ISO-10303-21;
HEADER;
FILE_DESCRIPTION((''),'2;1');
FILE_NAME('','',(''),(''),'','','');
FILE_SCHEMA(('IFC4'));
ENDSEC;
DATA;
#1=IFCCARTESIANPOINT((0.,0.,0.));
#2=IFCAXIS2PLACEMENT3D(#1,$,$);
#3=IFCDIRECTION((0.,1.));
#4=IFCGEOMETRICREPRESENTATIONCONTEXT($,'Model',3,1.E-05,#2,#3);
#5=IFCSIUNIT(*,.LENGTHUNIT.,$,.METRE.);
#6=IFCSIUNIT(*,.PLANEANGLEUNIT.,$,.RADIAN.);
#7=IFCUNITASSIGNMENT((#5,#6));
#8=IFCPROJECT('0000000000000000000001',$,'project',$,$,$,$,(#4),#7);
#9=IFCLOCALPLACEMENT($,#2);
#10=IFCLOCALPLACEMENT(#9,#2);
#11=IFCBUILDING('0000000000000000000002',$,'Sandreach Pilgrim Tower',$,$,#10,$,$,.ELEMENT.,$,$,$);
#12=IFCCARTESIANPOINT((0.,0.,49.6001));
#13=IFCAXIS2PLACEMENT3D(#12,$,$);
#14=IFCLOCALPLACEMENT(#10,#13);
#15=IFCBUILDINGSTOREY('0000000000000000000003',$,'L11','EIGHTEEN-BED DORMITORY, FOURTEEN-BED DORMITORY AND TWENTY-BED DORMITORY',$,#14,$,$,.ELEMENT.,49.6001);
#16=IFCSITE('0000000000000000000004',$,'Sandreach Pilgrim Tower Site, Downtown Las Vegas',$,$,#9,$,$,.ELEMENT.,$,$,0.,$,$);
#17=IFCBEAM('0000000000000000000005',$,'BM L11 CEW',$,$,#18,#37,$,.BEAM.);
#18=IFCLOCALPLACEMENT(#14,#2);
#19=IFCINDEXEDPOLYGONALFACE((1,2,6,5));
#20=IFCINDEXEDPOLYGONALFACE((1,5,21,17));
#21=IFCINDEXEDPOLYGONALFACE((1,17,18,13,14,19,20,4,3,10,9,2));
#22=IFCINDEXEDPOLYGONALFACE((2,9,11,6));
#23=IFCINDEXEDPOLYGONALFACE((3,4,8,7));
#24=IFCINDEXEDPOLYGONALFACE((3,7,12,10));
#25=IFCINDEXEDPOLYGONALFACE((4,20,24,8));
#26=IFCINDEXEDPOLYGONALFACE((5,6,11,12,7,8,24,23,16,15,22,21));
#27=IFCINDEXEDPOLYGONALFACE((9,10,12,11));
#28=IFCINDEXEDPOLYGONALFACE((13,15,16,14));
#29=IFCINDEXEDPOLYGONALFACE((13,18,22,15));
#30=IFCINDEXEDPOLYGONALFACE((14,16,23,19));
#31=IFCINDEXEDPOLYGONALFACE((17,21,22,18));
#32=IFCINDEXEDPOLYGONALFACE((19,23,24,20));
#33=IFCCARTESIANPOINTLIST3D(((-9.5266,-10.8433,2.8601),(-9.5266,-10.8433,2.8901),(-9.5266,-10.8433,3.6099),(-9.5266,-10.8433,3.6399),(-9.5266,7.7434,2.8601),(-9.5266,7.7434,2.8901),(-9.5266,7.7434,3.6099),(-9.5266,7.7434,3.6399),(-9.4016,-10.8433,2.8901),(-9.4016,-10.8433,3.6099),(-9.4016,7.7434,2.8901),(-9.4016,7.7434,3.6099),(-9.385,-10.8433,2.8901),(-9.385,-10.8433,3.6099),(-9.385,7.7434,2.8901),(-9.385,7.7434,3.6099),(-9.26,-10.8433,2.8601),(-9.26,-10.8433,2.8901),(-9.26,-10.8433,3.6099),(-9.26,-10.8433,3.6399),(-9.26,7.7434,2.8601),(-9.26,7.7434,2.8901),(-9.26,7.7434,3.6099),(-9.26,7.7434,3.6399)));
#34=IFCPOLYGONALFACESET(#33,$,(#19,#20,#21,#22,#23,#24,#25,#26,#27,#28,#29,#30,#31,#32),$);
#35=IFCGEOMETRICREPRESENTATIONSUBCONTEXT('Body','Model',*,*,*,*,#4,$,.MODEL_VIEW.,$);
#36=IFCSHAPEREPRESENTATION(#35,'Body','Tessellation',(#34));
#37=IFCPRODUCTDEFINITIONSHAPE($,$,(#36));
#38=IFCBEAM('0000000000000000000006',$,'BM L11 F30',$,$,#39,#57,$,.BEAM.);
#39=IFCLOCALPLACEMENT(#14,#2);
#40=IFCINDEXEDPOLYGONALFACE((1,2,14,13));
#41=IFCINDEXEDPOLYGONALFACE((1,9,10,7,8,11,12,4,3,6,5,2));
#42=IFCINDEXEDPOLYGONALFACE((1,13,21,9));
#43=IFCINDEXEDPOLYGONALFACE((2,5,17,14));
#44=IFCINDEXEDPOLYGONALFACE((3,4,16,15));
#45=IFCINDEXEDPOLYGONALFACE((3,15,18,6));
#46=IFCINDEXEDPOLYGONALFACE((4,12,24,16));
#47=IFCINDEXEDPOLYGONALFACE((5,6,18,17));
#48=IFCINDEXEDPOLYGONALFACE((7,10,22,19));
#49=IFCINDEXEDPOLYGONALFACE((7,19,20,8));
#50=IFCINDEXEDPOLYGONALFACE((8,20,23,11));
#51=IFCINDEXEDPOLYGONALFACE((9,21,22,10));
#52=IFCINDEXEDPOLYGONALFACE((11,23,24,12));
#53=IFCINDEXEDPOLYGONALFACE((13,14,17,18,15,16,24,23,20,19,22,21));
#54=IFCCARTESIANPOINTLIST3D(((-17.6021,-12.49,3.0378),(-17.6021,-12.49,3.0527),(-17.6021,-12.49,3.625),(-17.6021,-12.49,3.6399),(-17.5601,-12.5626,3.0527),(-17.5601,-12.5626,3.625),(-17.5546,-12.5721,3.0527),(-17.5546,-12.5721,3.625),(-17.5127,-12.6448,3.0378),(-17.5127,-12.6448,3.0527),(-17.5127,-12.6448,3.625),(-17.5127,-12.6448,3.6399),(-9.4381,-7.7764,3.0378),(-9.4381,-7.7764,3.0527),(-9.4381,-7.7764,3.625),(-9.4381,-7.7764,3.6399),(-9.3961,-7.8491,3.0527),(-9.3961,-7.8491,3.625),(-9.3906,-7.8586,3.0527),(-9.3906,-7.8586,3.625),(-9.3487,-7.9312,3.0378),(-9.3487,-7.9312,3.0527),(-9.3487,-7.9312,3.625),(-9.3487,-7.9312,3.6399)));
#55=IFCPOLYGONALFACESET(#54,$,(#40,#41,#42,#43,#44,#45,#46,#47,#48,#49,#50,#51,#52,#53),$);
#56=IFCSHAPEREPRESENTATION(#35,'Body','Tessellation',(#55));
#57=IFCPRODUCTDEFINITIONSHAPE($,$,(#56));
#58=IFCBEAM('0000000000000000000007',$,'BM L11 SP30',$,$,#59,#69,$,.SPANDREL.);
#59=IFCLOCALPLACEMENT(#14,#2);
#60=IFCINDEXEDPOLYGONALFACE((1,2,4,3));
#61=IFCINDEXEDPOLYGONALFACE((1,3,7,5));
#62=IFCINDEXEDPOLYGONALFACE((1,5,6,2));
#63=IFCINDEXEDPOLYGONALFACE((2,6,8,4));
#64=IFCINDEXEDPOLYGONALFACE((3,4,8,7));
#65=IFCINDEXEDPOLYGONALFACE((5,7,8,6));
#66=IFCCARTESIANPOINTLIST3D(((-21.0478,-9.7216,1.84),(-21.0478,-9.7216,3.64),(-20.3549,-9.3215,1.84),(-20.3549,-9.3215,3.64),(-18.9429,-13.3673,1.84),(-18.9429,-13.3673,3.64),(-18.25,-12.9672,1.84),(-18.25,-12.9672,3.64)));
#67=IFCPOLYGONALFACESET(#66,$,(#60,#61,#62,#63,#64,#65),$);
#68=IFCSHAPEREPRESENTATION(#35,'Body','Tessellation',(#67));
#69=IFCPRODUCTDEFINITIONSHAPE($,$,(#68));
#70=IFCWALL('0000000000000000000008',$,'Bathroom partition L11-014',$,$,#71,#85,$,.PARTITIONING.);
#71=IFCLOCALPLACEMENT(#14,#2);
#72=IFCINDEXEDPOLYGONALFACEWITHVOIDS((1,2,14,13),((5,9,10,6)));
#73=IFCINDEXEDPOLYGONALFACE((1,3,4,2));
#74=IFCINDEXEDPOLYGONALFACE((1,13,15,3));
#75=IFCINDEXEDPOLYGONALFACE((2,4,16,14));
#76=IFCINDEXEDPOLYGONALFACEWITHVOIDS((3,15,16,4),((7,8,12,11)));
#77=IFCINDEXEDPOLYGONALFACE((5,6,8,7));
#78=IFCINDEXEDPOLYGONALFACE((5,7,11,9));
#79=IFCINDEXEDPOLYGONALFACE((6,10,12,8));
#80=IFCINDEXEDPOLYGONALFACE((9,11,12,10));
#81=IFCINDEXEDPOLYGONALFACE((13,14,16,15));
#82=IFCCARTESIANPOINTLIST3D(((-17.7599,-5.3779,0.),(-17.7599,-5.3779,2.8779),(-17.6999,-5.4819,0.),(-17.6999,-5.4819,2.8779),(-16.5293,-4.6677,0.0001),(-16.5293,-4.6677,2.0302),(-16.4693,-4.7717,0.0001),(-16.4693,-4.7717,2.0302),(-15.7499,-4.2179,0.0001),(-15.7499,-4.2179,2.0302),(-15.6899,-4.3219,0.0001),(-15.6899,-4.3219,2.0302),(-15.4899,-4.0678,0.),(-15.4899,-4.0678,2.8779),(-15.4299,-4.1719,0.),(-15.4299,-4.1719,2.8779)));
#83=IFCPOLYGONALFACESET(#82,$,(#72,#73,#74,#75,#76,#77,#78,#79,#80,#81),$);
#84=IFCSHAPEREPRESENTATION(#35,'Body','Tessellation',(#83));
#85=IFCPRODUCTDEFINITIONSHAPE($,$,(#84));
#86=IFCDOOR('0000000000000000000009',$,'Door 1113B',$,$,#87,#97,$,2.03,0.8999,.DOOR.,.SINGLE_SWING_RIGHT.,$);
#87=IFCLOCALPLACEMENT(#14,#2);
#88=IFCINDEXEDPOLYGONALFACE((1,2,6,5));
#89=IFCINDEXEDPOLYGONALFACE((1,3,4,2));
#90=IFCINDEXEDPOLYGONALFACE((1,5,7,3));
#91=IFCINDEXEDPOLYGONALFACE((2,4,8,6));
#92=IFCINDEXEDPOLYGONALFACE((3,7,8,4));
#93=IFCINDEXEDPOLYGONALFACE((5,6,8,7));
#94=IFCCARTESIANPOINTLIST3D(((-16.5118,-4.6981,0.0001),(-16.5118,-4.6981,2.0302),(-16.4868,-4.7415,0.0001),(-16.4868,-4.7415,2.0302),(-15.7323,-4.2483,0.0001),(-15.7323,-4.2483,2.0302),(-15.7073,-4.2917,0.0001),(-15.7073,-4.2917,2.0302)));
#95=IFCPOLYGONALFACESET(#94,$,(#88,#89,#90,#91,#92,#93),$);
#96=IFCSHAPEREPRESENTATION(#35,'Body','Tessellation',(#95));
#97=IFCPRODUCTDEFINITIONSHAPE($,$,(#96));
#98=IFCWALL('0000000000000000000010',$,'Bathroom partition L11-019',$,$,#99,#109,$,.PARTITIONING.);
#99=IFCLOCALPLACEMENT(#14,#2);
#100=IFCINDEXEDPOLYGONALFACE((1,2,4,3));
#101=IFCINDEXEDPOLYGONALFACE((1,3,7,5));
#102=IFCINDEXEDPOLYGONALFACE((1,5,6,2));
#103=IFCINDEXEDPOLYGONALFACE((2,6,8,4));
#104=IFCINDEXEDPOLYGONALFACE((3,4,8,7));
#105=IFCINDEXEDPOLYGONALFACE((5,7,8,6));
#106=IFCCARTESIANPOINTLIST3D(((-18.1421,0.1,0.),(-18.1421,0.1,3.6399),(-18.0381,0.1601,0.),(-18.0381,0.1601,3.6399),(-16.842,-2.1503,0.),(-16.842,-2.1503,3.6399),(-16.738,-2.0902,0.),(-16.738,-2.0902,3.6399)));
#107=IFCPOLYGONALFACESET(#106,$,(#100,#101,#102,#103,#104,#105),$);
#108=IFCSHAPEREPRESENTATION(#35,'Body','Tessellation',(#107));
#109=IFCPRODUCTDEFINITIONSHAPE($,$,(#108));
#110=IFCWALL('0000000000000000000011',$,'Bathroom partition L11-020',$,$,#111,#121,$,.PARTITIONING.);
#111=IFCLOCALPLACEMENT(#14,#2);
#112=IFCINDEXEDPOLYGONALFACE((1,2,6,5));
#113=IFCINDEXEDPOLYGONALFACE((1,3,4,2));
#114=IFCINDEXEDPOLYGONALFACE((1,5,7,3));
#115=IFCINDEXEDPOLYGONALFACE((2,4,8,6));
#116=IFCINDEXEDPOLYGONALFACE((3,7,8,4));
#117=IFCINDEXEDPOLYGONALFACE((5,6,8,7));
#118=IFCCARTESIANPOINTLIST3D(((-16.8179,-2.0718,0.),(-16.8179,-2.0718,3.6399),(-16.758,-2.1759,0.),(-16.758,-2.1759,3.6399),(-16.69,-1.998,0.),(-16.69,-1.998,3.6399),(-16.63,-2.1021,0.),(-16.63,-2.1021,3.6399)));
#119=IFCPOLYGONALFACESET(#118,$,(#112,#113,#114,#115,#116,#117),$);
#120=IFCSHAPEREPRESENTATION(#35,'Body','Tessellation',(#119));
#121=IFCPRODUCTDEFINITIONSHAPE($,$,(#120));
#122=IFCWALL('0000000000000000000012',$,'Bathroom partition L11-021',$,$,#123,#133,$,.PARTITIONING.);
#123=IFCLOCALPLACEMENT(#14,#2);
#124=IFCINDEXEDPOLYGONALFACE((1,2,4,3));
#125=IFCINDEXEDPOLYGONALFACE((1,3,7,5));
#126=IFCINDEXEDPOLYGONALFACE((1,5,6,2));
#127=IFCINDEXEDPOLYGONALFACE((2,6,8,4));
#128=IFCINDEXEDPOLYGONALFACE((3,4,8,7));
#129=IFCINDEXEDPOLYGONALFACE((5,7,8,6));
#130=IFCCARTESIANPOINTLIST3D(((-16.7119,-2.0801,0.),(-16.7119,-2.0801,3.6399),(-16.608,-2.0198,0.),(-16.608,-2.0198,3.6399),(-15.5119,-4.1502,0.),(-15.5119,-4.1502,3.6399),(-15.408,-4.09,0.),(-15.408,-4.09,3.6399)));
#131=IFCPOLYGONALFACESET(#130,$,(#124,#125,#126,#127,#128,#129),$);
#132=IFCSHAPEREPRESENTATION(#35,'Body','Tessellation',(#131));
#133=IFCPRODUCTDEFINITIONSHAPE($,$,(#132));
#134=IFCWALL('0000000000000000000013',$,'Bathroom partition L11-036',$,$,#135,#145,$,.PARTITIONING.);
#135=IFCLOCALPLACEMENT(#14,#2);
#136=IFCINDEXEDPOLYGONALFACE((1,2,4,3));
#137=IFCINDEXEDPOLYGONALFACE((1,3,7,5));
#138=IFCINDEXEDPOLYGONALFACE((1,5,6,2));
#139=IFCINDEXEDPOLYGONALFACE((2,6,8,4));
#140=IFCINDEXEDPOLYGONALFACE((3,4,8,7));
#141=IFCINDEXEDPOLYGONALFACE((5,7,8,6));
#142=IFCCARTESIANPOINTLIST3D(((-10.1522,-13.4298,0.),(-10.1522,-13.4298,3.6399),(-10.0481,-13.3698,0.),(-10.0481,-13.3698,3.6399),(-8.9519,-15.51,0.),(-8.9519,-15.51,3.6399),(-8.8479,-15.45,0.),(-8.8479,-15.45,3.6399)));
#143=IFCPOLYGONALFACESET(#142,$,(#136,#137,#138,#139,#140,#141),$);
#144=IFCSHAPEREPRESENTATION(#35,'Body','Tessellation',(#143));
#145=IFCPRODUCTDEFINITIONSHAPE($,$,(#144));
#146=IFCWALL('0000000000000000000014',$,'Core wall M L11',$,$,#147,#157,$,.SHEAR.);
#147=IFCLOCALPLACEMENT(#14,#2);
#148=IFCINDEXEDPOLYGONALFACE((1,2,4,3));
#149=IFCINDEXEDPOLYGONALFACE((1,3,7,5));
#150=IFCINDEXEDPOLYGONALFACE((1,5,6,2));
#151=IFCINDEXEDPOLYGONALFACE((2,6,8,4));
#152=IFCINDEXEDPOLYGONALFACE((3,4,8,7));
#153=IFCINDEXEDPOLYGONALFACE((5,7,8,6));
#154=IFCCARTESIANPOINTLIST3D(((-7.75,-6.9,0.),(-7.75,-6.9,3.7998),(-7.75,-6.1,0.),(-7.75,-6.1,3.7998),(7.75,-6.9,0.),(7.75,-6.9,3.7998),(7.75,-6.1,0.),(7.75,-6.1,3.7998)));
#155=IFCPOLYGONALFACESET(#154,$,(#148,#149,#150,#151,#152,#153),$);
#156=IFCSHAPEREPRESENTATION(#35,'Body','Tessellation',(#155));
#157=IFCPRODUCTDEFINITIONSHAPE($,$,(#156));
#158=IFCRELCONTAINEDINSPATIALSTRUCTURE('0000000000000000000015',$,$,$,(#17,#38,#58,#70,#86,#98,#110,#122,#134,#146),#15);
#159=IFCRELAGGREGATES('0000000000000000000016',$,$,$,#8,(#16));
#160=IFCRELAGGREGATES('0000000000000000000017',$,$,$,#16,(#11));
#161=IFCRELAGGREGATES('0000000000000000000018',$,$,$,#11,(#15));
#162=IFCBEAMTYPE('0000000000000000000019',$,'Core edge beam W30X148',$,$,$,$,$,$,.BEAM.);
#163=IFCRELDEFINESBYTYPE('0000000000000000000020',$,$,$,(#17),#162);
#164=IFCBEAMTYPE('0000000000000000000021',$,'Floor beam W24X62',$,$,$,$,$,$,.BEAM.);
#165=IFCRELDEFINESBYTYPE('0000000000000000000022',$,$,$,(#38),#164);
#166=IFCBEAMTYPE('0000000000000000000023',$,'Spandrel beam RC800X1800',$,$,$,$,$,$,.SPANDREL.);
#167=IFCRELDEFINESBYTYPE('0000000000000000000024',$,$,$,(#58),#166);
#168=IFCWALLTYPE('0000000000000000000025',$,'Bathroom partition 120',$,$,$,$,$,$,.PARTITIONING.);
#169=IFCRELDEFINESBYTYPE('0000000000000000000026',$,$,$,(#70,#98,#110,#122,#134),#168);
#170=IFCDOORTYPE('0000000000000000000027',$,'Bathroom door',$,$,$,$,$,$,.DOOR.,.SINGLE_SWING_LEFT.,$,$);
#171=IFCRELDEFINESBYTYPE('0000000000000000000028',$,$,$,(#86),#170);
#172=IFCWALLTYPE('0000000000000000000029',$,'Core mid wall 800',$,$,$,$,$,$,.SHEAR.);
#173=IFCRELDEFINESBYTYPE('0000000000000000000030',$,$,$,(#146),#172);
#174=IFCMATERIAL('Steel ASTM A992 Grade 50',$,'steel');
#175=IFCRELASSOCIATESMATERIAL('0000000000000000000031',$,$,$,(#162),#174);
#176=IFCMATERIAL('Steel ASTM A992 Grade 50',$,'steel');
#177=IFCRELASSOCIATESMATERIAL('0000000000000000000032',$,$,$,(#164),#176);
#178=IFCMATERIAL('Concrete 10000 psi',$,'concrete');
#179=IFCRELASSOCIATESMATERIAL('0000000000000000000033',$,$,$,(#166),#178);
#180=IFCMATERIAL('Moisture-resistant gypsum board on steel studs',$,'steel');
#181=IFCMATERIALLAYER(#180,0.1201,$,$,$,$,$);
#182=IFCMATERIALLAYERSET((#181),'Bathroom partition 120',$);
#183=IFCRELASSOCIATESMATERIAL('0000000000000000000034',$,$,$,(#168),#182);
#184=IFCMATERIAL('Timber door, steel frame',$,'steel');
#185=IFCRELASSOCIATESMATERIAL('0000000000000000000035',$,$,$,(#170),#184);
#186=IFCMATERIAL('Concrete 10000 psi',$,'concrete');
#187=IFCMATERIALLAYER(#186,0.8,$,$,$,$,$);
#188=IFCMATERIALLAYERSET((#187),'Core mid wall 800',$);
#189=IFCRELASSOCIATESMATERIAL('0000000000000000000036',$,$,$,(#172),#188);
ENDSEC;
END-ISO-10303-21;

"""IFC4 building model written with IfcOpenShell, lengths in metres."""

from ifc_helpers import new_model, si_unit, direction, frame, frame_2d, origin, origin_2d, place, context, subcontext, project, spatial, rectangle, i_section, extrude, material, layer, layer_set, material_profile, profile_set, type_object, element, fill, save


model = new_model("IFC4")

# Units and contexts
model_context = context("Model", 3, precision=1e-05, world=origin(), true_north=direction((0.0, 1.0)))
body_context = subcontext(model_context, "Body", "Model", "MODEL_VIEW")
ifc_project = project(units=[si_unit("LENGTHUNIT", "METRE"), si_unit("PLANEANGLEUNIT", "RADIAN")], contexts=[model_context])

# Site, building, storey
site_placement = place(None, origin())
site = spatial("IfcSite", under=ifc_project, at=site_placement, Name="Sandreach Pilgrim Tower Site, Downtown Las Vegas", CompositionType="ELEMENT", RefElevation=0.0)
building_placement = place(site_placement, origin())
building = spatial("IfcBuilding", under=site, at=building_placement, Name="Sandreach Pilgrim Tower", CompositionType="ELEMENT")
storey_placement = place(building_placement, frame((0.0, 0.0, 49.6001)))
storey = spatial("IfcBuildingStorey", under=building, at=storey_placement, Name="L11", Description="EIGHTEEN-BED DORMITORY, FOURTEEN-BED DORMITORY AND TWENTY-BED DORMITORY", CompositionType="ELEMENT", Elevation=49.6001)

# Beams
ifc_material_1 = material(Name="Steel ASTM A992 Grade 50", Category="steel")
ifc_material_profile_1 = material_profile(ifc_material_1, i_section(OverallWidth=0.2666, OverallDepth=0.7798, WebThickness=0.0166, FlangeThickness=0.03, at=origin_2d()), Name="W30X148")
ifc_profile_set_1 = profile_set([ifc_material_profile_1], Name="Steel ASTM A992 Grade 50")
beam_type_1 = type_object("IfcBeamType", Name="Core edge beam W30X148", PredefinedType="BEAM", material=ifc_profile_set_1)
beam_1_placement = place(storey_placement, frame((-9.3933, -10.8433, 3.25), z_axis=(0.0, 1.0, 0.0), x_axis=(-1.0, 0.0, 0.0)))
element("IfcBeam", 1, at=beam_1_placement, inside=storey, type_object=beam_type_1, Name="BM L11 CEW", PredefinedType="BEAM", context=body_context, shape_type="SweptSolid", body=[
    extrude(i_section(OverallWidth=0.2666, OverallDepth=0.7798, WebThickness=0.0166, FlangeThickness=0.03, at=origin_2d()), origin(), (0.0, 0.0, 1.0), 18.5867),
])
ifc_material_2 = material(Name="Steel ASTM A992 Grade 50", Category="steel")
ifc_material_profile_2 = material_profile(ifc_material_2, i_section(OverallWidth=0.1787, OverallDepth=0.6021, WebThickness=0.011, FlangeThickness=0.0149, at=origin_2d()), Name="W24X62")
ifc_profile_set_2 = profile_set([ifc_material_profile_2], Name="Steel ASTM A992 Grade 50")
beam_type_2 = type_object("IfcBeamType", Name="Floor beam W24X62", PredefinedType="BEAM", material=ifc_profile_set_2)
beam_2_placement = place(storey_placement, frame((-17.5574, -12.5674, 3.3389), z_axis=(0.866021, 0.500008, 0.0), x_axis=(-0.500008, 0.866021, 0.0)))
element("IfcBeam", 2, at=beam_2_placement, inside=storey, type_object=beam_type_2, Name="BM L11 F30", PredefinedType="BEAM", context=body_context, shape_type="SweptSolid", body=[
    extrude(i_section(OverallWidth=0.1787, OverallDepth=0.6021, WebThickness=0.011, FlangeThickness=0.0149, at=origin_2d()), origin(), (0.0, 0.0, 1.0), 9.427),
])
ifc_material_3 = material(Name="Concrete 10000 psi", Category="concrete")
ifc_material_profile_3 = material_profile(ifc_material_3, rectangle(XDim=0.8, YDim=1.8, at=origin_2d()), Name="RC800X1800")
ifc_profile_set_3 = profile_set([ifc_material_profile_3], Name="Concrete 10000 psi")
beam_type_3 = type_object("IfcBeamType", Name="Spandrel beam RC800X1800", PredefinedType="SPANDREL", material=ifc_profile_set_3)
beam_3_placement = place(storey_placement, frame((-18.5964, -13.1672, 2.74), z_axis=(-0.500019, 0.866015, 0.0), x_axis=(-0.866015, -0.500019, 0.0)))
element("IfcBeam", 3, at=beam_3_placement, inside=storey, type_object=beam_type_3, Name="BM L11 SP30", PredefinedType="SPANDREL", context=body_context, shape_type="SweptSolid", body=[
    extrude(rectangle(XDim=0.8, YDim=1.8, at=origin_2d()), origin(), (0.0, 0.0, 1.0), 4.2097),
])

# Wall, opening, door
ifc_material_4 = material(Name="Moisture-resistant gypsum board on steel studs", Category="steel")
ifc_layer_1 = layer(ifc_material_4, 0.1201)
ifc_layer_set_1 = layer_set([ifc_layer_1], Name="Bathroom partition 120")
wall_type_1 = type_object("IfcWallType", Name="Bathroom partition 120", PredefinedType="PARTITIONING", material=ifc_layer_set_1)
wall_1_placement = place(storey_placement, frame((-17.73, -5.4299, 0.0), z_axis=(0.0, 0.0, 1.0), x_axis=(0.866114, 0.499846, 0.0)))
wall_1 = element("IfcWall", 4, at=wall_1_placement, inside=storey, type_object=wall_type_1, Name="Bathroom partition L11-014", PredefinedType="PARTITIONING", context=body_context, shape_type="SweptSolid", body=[
    extrude(rectangle(XDim=2.6208, YDim=0.1201, at=frame_2d((1.3105, 0.0))), origin(), (0.0, 0.0, 1.0), 2.8779),
])
opening_1_placement = place(wall_1_placement, frame((1.4209, 0.0, 0.0)))
opening_1 = element("IfcOpeningElement", 5, at=opening_1_placement, cuts=wall_1, PredefinedType="OPENING", context=body_context, shape_type="SweptSolid", body=[
    extrude(rectangle(XDim=0.8999, YDim=2.03, at=frame_2d((0.45, 1.0151))), frame((0.0, 0.0601, 0.0), z_axis=(0.0, -1.0, 0.0), x_axis=(1.0, 0.0, 0.0)), (0.0, 0.0, 1.0), 0.1201),
])
ifc_material_5 = material(Name="Timber door, steel frame", Category="steel")
door_type_1 = type_object("IfcDoorType", Name="Bathroom door", OperationType="SINGLE_SWING_LEFT", PredefinedType="DOOR", material=ifc_material_5)
door_1_placement = place(opening_1_placement, origin())
door_1 = element("IfcDoor", 6, at=door_1_placement, inside=storey, type_object=door_type_1, Name="Door 1113B", OperationType="SINGLE_SWING_RIGHT", OverallHeight=2.03, OverallWidth=0.8999, PredefinedType="DOOR", context=body_context, shape_type="SweptSolid", body=[
    extrude(rectangle(XDim=0.8999, YDim=2.03, at=frame_2d((0.45, 1.0151))), frame((0.0, 0.0249, 0.0), z_axis=(0.0, -1.0, 0.0), x_axis=(1.0, 0.0, 0.0)), (0.0, 0.0, 1.0), 0.05),
])
fill(opening_1, door_1)

# Walls
wall_2_placement = place(storey_placement, frame((-16.79, -2.1201, 0.0), z_axis=(0.0, 0.0, 1.0), x_axis=(-0.500251, 0.86588, 0.0)))
element("IfcWall", 7, at=wall_2_placement, inside=storey, type_object=wall_type_1, Name="Bathroom partition L11-019", PredefinedType="PARTITIONING", context=body_context, shape_type="SweptSolid", body=[
    extrude(rectangle(XDim=2.5989, YDim=0.1201, at=frame_2d((1.2993, 0.0))), origin(), (0.0, 0.0, 1.0), 3.6399),
])
wall_3_placement = place(storey_placement, frame((-16.7878, -2.1238, 0.0), z_axis=(0.0, 0.0, 1.0), x_axis=(0.866406, 0.499341, 0.0)))
element("IfcWall", 8, at=wall_3_placement, inside=storey, type_object=wall_type_1, Name="Bathroom partition L11-020", PredefinedType="PARTITIONING", context=body_context, shape_type="SweptSolid", body=[
    extrude(rectangle(XDim=0.1477, YDim=0.1201, at=frame_2d((0.0737, 0.0))), origin(), (0.0, 0.0, 1.0), 3.6399),
])
wall_4_placement = place(storey_placement, frame((-16.6599, -2.05, 0.0), z_axis=(0.0, 0.0, 1.0), x_axis=(0.501503, -0.865156, 0.0)))
element("IfcWall", 9, at=wall_4_placement, inside=storey, type_object=wall_type_1, Name="Bathroom partition L11-021", PredefinedType="PARTITIONING", context=body_context, shape_type="SweptSolid", body=[
    extrude(rectangle(XDim=2.3928, YDim=0.1201, at=frame_2d((1.1963, 0.0))), origin(), (0.0, 0.0, 1.0), 3.6399),
])
wall_5_placement = place(storey_placement, frame((-10.1001, -13.3999, 0.0), z_axis=(0.0, 0.0, 1.0), x_axis=(0.499769, -0.866159, 0.0)))
element("IfcWall", 10, at=wall_5_placement, inside=storey, type_object=wall_type_1, Name="Bathroom partition L11-036", PredefinedType="PARTITIONING", context=body_context, shape_type="SweptSolid", body=[
    extrude(rectangle(XDim=2.4016, YDim=0.1201, at=frame_2d((1.2007, 0.0))), origin(), (0.0, 0.0, 1.0), 3.6399),
])
ifc_material_6 = material(Name="Concrete 10000 psi", Category="concrete")
ifc_layer_2 = layer(ifc_material_6, 0.8)
ifc_layer_set_2 = layer_set([ifc_layer_2], Name="Core mid wall 800")
wall_type_2 = type_object("IfcWallType", Name="Core mid wall 800", PredefinedType="SHEAR", material=ifc_layer_set_2)
wall_6_placement = place(storey_placement, frame((-7.75, -6.5, 0.0), z_axis=(0.0, 0.0, 1.0), x_axis=(1.0, 0.0, 0.0)))
element("IfcWall", 11, at=wall_6_placement, inside=storey, type_object=wall_type_2, Name="Core wall M L11", PredefinedType="SHEAR", context=body_context, shape_type="SweptSolid", body=[
    extrude(rectangle(XDim=15.5, YDim=0.8, at=frame_2d((7.75, 0.0))), origin(), (0.0, 0.0, 1.0), 3.7998),
])

save(model, "model.ifc")
